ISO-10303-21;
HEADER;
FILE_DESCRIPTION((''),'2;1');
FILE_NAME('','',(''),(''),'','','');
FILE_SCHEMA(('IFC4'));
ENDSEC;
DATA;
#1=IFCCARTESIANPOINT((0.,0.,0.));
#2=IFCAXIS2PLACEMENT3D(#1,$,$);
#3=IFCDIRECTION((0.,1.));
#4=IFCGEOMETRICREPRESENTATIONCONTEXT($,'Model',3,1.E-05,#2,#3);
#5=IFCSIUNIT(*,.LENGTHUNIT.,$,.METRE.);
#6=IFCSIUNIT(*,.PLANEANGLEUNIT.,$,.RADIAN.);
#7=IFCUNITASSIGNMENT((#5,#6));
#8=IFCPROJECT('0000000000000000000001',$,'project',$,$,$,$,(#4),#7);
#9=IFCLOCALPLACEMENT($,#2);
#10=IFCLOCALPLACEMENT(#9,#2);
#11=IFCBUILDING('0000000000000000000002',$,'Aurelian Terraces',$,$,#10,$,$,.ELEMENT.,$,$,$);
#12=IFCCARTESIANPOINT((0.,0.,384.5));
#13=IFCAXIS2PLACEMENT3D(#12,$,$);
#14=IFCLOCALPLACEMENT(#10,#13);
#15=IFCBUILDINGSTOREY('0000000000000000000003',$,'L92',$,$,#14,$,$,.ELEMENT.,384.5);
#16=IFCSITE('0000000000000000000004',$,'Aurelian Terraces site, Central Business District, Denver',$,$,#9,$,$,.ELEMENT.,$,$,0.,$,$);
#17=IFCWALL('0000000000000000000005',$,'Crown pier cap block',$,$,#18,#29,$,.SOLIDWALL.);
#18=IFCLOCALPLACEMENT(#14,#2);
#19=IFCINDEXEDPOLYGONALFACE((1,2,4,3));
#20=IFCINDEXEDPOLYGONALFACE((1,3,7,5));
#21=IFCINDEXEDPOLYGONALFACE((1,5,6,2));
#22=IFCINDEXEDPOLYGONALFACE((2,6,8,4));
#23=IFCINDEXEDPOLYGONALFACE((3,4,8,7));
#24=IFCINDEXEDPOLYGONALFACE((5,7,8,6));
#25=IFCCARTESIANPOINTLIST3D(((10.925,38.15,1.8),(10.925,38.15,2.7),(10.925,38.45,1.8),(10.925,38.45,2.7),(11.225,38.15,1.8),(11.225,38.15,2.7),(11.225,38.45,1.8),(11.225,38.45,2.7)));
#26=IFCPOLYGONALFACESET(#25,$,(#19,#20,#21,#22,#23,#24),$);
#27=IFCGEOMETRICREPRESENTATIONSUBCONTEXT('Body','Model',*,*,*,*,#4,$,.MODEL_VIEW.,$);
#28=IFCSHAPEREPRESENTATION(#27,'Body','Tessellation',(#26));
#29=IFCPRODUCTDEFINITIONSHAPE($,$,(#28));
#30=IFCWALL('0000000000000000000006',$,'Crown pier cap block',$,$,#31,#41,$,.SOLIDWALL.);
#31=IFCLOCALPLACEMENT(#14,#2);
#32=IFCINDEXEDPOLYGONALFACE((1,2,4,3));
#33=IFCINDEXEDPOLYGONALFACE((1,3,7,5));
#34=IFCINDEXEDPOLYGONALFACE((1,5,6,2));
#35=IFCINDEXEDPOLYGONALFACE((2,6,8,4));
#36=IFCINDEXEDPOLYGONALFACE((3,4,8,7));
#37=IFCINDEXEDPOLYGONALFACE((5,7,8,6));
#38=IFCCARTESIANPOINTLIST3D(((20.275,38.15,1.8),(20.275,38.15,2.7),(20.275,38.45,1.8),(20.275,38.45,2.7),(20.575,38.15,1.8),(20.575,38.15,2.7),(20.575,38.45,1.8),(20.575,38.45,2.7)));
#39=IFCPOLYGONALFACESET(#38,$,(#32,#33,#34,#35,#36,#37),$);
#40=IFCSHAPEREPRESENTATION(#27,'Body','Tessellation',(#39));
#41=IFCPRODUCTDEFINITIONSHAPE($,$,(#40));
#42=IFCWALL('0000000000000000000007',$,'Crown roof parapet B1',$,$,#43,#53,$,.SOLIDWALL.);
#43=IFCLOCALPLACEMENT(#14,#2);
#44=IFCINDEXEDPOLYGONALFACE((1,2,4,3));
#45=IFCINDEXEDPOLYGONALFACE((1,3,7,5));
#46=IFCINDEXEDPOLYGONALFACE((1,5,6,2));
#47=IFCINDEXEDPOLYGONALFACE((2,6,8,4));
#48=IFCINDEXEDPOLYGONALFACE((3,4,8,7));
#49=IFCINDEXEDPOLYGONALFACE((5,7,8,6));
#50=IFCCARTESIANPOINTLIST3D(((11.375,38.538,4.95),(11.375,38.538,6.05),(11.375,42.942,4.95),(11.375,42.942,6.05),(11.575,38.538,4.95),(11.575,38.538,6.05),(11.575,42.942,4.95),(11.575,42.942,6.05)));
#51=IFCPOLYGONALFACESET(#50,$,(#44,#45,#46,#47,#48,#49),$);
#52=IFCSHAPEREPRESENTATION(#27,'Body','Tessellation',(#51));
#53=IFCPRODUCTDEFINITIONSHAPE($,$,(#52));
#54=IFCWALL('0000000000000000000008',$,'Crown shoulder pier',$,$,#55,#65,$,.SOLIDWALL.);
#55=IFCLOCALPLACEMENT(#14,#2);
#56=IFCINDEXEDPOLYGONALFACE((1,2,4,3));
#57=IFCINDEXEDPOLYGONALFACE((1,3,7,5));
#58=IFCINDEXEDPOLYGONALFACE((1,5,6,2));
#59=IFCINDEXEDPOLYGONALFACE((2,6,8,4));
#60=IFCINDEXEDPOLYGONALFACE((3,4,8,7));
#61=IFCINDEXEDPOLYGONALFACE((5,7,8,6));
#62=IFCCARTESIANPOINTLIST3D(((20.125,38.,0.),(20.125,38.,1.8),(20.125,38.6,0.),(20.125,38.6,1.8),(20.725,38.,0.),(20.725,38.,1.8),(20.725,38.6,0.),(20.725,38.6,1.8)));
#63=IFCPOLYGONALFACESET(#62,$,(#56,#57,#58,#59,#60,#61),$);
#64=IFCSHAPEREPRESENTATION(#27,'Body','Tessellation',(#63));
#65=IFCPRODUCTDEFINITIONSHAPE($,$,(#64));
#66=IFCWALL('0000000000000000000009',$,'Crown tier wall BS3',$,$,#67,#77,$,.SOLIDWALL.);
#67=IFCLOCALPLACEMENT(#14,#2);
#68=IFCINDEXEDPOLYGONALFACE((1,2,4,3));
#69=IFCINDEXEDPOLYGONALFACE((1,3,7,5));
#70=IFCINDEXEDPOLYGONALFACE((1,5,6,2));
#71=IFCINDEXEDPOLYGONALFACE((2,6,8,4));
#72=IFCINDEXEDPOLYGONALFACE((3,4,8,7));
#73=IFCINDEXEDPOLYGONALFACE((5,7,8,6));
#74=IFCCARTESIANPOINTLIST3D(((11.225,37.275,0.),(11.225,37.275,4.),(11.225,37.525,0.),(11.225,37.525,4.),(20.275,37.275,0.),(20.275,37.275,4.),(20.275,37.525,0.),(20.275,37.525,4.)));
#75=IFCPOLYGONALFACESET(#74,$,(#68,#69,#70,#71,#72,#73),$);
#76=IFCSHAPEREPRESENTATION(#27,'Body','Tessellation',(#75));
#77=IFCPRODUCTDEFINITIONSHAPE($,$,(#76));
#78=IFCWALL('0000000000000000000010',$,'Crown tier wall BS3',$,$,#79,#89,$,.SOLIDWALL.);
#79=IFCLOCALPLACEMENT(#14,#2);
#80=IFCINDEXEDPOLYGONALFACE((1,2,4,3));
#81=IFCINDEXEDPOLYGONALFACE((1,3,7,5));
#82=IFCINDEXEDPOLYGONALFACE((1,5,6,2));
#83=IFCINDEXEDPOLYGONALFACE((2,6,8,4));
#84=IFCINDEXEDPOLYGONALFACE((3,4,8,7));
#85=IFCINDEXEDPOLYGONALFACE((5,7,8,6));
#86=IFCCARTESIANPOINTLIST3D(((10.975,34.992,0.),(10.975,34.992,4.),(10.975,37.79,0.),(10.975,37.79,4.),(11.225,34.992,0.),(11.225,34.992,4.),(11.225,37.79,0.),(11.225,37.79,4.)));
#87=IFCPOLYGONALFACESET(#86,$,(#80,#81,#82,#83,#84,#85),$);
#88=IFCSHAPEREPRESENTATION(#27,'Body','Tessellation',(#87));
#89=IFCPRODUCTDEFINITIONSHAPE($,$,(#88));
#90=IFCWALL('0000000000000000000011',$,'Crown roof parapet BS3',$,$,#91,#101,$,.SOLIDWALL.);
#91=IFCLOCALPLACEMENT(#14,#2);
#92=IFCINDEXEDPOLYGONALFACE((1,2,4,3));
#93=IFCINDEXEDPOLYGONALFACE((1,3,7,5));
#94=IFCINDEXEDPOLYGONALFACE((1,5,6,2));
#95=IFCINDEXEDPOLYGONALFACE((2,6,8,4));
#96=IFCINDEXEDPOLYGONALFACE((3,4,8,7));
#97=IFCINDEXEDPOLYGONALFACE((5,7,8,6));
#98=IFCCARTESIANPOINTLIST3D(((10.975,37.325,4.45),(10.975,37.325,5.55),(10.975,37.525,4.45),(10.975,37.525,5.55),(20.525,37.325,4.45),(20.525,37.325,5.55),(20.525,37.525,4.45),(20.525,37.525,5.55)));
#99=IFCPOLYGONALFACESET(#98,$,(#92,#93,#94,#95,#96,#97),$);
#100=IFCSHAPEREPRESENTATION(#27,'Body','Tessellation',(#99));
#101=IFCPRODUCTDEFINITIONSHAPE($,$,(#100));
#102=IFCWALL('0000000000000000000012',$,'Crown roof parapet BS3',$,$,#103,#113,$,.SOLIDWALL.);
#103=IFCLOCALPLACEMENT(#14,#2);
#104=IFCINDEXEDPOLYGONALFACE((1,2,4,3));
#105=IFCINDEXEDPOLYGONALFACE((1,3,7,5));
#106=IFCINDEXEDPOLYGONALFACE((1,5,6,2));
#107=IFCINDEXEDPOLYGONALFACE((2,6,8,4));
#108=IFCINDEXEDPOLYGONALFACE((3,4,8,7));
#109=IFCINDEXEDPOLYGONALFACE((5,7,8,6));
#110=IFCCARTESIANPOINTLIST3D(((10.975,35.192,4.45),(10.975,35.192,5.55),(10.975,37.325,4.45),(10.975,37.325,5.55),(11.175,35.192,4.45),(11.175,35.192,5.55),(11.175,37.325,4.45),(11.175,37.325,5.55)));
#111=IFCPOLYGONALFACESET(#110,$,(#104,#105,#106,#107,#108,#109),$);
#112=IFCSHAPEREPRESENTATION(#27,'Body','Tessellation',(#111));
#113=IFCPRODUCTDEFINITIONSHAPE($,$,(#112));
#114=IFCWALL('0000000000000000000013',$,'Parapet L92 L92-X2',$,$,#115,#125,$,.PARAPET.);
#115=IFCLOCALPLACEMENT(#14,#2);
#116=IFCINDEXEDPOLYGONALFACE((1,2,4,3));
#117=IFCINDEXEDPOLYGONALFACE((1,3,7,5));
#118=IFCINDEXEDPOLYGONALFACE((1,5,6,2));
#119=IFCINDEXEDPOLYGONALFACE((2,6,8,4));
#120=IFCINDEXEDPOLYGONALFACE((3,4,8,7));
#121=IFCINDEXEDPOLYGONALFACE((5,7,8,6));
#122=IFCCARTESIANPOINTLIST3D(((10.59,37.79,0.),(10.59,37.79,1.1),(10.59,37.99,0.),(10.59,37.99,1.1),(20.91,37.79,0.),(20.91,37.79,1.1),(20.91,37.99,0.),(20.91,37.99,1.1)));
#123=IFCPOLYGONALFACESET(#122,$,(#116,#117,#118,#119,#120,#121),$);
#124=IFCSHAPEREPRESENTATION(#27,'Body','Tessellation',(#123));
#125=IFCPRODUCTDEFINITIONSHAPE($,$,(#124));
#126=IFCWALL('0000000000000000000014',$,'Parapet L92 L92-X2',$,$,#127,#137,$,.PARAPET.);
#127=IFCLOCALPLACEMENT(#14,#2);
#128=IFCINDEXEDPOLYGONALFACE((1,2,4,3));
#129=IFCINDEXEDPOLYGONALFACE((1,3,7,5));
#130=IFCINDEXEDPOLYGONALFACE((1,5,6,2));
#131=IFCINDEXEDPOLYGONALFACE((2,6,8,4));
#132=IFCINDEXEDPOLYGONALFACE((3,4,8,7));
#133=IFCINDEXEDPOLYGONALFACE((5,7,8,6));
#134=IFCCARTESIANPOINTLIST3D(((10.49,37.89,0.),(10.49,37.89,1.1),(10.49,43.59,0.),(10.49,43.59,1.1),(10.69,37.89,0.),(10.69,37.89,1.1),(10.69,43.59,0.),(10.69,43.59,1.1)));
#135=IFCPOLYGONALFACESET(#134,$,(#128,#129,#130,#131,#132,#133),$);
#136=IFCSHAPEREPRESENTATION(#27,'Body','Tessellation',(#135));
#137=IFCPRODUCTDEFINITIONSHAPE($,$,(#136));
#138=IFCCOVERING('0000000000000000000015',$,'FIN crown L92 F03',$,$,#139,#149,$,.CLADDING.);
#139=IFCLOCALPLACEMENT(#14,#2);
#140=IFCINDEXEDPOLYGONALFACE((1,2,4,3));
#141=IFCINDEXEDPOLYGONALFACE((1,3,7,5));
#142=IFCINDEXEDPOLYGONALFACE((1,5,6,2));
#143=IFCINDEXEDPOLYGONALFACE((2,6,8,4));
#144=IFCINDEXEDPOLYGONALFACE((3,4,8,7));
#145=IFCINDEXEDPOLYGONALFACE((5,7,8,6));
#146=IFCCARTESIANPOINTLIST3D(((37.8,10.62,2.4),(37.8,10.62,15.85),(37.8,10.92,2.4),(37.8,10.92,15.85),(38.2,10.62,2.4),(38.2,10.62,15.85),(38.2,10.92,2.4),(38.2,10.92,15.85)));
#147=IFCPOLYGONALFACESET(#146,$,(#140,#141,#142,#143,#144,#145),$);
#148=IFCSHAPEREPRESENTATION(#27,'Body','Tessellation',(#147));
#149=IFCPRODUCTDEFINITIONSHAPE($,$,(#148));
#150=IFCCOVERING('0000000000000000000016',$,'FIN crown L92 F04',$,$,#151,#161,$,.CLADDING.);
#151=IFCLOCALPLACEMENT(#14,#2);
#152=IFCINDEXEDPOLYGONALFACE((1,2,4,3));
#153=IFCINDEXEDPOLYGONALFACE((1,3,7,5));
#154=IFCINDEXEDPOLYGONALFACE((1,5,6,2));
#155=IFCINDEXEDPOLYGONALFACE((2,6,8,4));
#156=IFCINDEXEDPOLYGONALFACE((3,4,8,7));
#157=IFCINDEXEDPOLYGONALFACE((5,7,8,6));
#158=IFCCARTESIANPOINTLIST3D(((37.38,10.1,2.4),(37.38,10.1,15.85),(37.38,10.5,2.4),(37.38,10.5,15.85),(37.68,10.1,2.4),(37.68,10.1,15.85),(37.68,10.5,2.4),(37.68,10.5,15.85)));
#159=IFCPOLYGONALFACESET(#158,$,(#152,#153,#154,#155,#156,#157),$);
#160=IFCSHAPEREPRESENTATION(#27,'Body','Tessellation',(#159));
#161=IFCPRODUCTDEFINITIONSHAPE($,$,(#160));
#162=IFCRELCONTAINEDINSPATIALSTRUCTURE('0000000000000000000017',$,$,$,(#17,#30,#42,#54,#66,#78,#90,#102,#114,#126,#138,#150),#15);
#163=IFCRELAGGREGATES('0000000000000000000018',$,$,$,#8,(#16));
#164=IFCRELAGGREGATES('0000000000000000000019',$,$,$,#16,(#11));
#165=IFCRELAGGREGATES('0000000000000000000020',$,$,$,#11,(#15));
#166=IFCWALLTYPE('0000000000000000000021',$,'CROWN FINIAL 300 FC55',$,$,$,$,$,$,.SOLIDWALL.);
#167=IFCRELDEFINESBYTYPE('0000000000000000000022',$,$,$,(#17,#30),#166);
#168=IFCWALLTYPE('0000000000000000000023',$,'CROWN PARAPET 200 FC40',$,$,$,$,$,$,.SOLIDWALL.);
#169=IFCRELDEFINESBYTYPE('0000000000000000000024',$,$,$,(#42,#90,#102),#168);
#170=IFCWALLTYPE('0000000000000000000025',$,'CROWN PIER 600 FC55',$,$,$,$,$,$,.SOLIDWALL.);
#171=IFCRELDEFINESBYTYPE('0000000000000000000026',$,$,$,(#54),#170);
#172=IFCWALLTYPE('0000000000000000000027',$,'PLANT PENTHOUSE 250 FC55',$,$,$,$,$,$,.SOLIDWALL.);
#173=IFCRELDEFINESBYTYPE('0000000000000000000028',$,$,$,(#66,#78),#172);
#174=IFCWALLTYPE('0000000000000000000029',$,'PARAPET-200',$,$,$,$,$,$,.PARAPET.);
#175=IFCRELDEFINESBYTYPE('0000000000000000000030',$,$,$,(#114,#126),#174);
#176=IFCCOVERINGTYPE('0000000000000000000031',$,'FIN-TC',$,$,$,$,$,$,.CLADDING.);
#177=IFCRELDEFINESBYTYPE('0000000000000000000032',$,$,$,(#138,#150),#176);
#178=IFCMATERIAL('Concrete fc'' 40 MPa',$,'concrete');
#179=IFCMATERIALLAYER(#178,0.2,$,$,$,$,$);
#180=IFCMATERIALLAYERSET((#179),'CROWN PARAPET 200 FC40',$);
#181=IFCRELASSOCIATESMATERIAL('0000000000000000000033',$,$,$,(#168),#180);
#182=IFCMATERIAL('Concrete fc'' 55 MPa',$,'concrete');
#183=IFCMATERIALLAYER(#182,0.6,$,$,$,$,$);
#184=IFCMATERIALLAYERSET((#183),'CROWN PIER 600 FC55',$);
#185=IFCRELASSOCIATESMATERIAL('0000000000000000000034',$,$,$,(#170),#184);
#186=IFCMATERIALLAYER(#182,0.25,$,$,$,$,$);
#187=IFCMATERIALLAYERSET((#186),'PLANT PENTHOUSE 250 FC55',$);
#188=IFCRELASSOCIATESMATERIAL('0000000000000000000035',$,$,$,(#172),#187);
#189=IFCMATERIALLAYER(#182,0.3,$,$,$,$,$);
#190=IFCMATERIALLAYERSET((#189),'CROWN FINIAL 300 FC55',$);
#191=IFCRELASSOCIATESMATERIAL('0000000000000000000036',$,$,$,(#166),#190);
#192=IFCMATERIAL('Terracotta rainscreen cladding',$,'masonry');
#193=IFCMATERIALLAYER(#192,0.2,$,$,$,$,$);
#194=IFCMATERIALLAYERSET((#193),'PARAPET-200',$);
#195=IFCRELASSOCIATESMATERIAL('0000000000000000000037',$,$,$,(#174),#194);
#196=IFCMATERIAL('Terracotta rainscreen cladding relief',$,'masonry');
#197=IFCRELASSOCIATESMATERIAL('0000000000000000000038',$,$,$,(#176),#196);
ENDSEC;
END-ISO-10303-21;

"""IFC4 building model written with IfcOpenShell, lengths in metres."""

from ifc_helpers import new_model, si_unit, direction, frame, frame_2d, origin, origin_2d, place, context, subcontext, project, spatial, rectangle, extrude, source, transform, mapped, material, layer, layer_set, type_object, element, save


model = new_model("IFC4")

# Units and contexts
model_context = context("Model", 3, precision=1e-05, world=origin(), true_north=direction((0.0, 1.0)))
body_context = subcontext(model_context, "Body", "Model", "MODEL_VIEW")
ifc_project = project(units=[si_unit("LENGTHUNIT", "METRE"), si_unit("PLANEANGLEUNIT", "RADIAN")], contexts=[model_context])

# Site, building, storey
site_placement = place(None, origin())
site = spatial("IfcSite", under=ifc_project, at=site_placement, Name="Aurelian Terraces site, Central Business District, Denver", CompositionType="ELEMENT", RefElevation=0.0)
building_placement = place(site_placement, origin())
building = spatial("IfcBuilding", under=site, at=building_placement, Name="Aurelian Terraces", CompositionType="ELEMENT")
storey_placement = place(building_placement, frame((0.0, 0.0, 384.5)))
storey = spatial("IfcBuildingStorey", under=building, at=storey_placement, Name="L92", CompositionType="ELEMENT", Elevation=384.5)

# Walls
ifc_material_1 = material(Name="Concrete fc' 40 MPa", Category="concrete")
ifc_layer_1 = layer(ifc_material_1, 0.2)
ifc_layer_set_1 = layer_set([ifc_layer_1], Name="CROWN PARAPET 200 FC40")
wall_type_1 = type_object("IfcWallType", Name="CROWN PARAPET 200 FC40", PredefinedType="SOLIDWALL", material=ifc_layer_set_1)
ifc_material_2 = material(Name="Concrete fc' 55 MPa", Category="concrete")
ifc_layer_2 = layer(ifc_material_2, 0.6)
ifc_layer_set_2 = layer_set([ifc_layer_2], Name="CROWN PIER 600 FC55")
wall_type_2 = type_object("IfcWallType", Name="CROWN PIER 600 FC55", PredefinedType="SOLIDWALL", material=ifc_layer_set_2)
ifc_layer_3 = layer(ifc_material_2, 0.25)
ifc_layer_set_3 = layer_set([ifc_layer_3], Name="PLANT PENTHOUSE 250 FC55")
wall_type_3 = type_object("IfcWallType", Name="PLANT PENTHOUSE 250 FC55", PredefinedType="SOLIDWALL", material=ifc_layer_set_3)
ifc_layer_4 = layer(ifc_material_2, 0.3)
ifc_layer_set_4 = layer_set([ifc_layer_4], Name="CROWN FINIAL 300 FC55")
wall_type_4 = type_object("IfcWallType", Name="CROWN FINIAL 300 FC55", PredefinedType="SOLIDWALL", material=ifc_layer_set_4)
shared_shape_1 = source(origin(), body_context, "Body", "SweptSolid", [
    extrude(rectangle(XDim=0.3, YDim=0.3, at=origin_2d()), origin(), (0.0, 0.0, 1.0), 0.9),
])
for number, where, z_axis, x_axis, name in (
    (1, (11.075, 38.3, 1.8), (0.0, 0.0, 1.0), (1.0, 0.0, 0.0), "Crown pier cap block"),
    (2, (20.425, 38.3, 1.8), (0.0, 0.0, 1.0), (1.0, 0.0, 0.0), "Crown pier cap block"),
):
    element("IfcWall", number, at=place(storey_placement, frame(where, z_axis=z_axis, x_axis=x_axis)), inside=storey, type_object=wall_type_4, Name=name, PredefinedType="SOLIDWALL", context=body_context, shape_type="MappedRepresentation", body=[
        mapped(shared_shape_1, transform((0.0, 0.0, 0.0), scale=1.0)),
    ])
shared_shape_2 = source(origin(), body_context, "Body", "SweptSolid", [
    extrude(rectangle(XDim=4.404, YDim=0.2, at=frame_2d((2.202, 0.0))), origin(), (0.0, 0.0, 1.0), 1.1),
])
wall_1_placement = place(storey_placement, frame((11.475, 38.538, 4.95), z_axis=(0.0, 0.0, 1.0), x_axis=(0.0, 1.0, 0.0)))
element("IfcWall", 3, at=wall_1_placement, inside=storey, type_object=wall_type_1, Name="Crown roof parapet B1", PredefinedType="SOLIDWALL", context=body_context, shape_type="MappedRepresentation", body=[
    mapped(shared_shape_2, transform((0.0, 0.0, 0.0), scale=1.0)),
])
shared_shape_3 = source(origin(), body_context, "Body", "SweptSolid", [
    extrude(rectangle(XDim=0.6, YDim=0.6, at=origin_2d()), origin(), (0.0, 0.0, 1.0), 1.8),
])
wall_2_placement = place(storey_placement, frame((20.425, 38.3, 0.0), z_axis=(0.0, 0.0, 1.0), x_axis=(1.0, 0.0, 0.0)))
element("IfcWall", 4, at=wall_2_placement, inside=storey, type_object=wall_type_2, Name="Crown shoulder pier", PredefinedType="SOLIDWALL", context=body_context, shape_type="MappedRepresentation", body=[
    mapped(shared_shape_3, transform((0.0, 0.0, 0.0), scale=1.0)),
])
shared_shape_4 = source(origin(), body_context, "Body", "SweptSolid", [
    extrude(rectangle(XDim=9.05, YDim=0.25, at=frame_2d((4.525, 0.0))), origin(), (0.0, 0.0, 1.0), 4.0),
])
wall_3_placement = place(storey_placement, frame((20.275, 37.4, 0.0), z_axis=(0.0, 0.0, 1.0), x_axis=(-1.0, 0.0, 0.0)))
element("IfcWall", 5, at=wall_3_placement, inside=storey, type_object=wall_type_3, Name="Crown tier wall BS3", PredefinedType="SOLIDWALL", context=body_context, shape_type="MappedRepresentation", body=[
    mapped(shared_shape_4, transform((0.0, 0.0, 0.0), scale=1.0)),
])
shared_shape_5 = source(origin(), body_context, "Body", "SweptSolid", [
    extrude(rectangle(XDim=2.798, YDim=0.25, at=frame_2d((1.399, 0.0))), origin(), (0.0, 0.0, 1.0), 4.0),
])
wall_4_placement = place(storey_placement, frame((11.1, 37.79, 0.0), z_axis=(0.0, 0.0, 1.0), x_axis=(0.0, -1.0, 0.0)))
element("IfcWall", 6, at=wall_4_placement, inside=storey, type_object=wall_type_3, Name="Crown tier wall BS3", PredefinedType="SOLIDWALL", context=body_context, shape_type="MappedRepresentation", body=[
    mapped(shared_shape_5, transform((0.0, 0.0, 0.0), scale=1.0)),
])
shared_shape_6 = source(origin(), body_context, "Body", "SweptSolid", [
    extrude(rectangle(XDim=9.55, YDim=0.2, at=frame_2d((4.775, 0.0))), origin(), (0.0, 0.0, 1.0), 1.1),
])
wall_5_placement = place(storey_placement, frame((10.975, 37.425, 4.45), z_axis=(0.0, 0.0, 1.0), x_axis=(1.0, 0.0, 0.0)))
element("IfcWall", 7, at=wall_5_placement, inside=storey, type_object=wall_type_1, Name="Crown roof parapet BS3", PredefinedType="SOLIDWALL", context=body_context, shape_type="MappedRepresentation", body=[
    mapped(shared_shape_6, transform((0.0, 0.0, 0.0), scale=1.0)),
])
shared_shape_7 = source(origin(), body_context, "Body", "SweptSolid", [
    extrude(rectangle(XDim=2.133, YDim=0.2, at=frame_2d((1.0665, 0.0))), origin(), (0.0, 0.0, 1.0), 1.1),
])
wall_6_placement = place(storey_placement, frame((11.075, 35.192, 4.45), z_axis=(0.0, 0.0, 1.0), x_axis=(0.0, 1.0, 0.0)))
element("IfcWall", 8, at=wall_6_placement, inside=storey, type_object=wall_type_1, Name="Crown roof parapet BS3", PredefinedType="SOLIDWALL", context=body_context, shape_type="MappedRepresentation", body=[
    mapped(shared_shape_7, transform((0.0, 0.0, 0.0), scale=1.0)),
])
ifc_material_3 = material(Name="Terracotta rainscreen cladding", Category="masonry")
ifc_layer_5 = layer(ifc_material_3, 0.2)
ifc_layer_set_5 = layer_set([ifc_layer_5], Name="PARAPET-200")
wall_type_5 = type_object("IfcWallType", Name="PARAPET-200", PredefinedType="PARAPET", material=ifc_layer_set_5)
shared_shape_8 = source(origin(), body_context, "Body", "SweptSolid", [
    extrude(rectangle(XDim=10.32, YDim=0.2, at=frame_2d((5.16, 0.0))), origin(), (0.0, 0.0, 1.0), 1.1),
])
wall_7_placement = place(storey_placement, frame((20.91, 37.89, 0.0), z_axis=(0.0, 0.0, 1.0), x_axis=(-1.0, 0.0, 0.0)))
element("IfcWall", 9, at=wall_7_placement, inside=storey, type_object=wall_type_5, Name="Parapet L92 L92-X2", PredefinedType="PARAPET", context=body_context, shape_type="MappedRepresentation", body=[
    mapped(shared_shape_8, transform((0.0, 0.0, 0.0), scale=1.0)),
])
shared_shape_9 = source(origin(), body_context, "Body", "SweptSolid", [
    extrude(rectangle(XDim=5.7, YDim=0.2, at=frame_2d((2.85, 0.0))), origin(), (0.0, 0.0, 1.0), 1.1),
])
wall_8_placement = place(storey_placement, frame((10.59, 37.89, 0.0), z_axis=(0.0, 0.0, 1.0), x_axis=(0.0, 1.0, 0.0)))
element("IfcWall", 10, at=wall_8_placement, inside=storey, type_object=wall_type_5, Name="Parapet L92 L92-X2", PredefinedType="PARAPET", context=body_context, shape_type="MappedRepresentation", body=[
    mapped(shared_shape_9, transform((0.0, 0.0, 0.0), scale=1.0)),
])

# Coverings
ifc_material_4 = material(Name="Terracotta rainscreen cladding relief", Category="masonry")
covering_type = type_object("IfcCoveringType", Name="FIN-TC", PredefinedType="CLADDING", material=ifc_material_4)
shared_shape_10 = source(origin(), body_context, "Body", "SweptSolid", [
    extrude(rectangle(XDim=0.4, YDim=0.3, at=origin_2d()), origin(), (0.0, 0.0, 1.0), 13.45),
])
covering_1_placement = place(storey_placement, frame((38.0, 10.77, 2.4), z_axis=(0.0, 0.0, 1.0), x_axis=(1.0, 0.0, 0.0)))
element("IfcCovering", 11, at=covering_1_placement, inside=storey, type_object=covering_type, Name="FIN crown L92 F03", PredefinedType="CLADDING", context=body_context, shape_type="MappedRepresentation", body=[
    mapped(shared_shape_10, transform((0.0, 0.0, 0.0), scale=1.0)),
])
shared_shape_11 = source(origin(), body_context, "Body", "SweptSolid", [
    extrude(rectangle(XDim=0.3, YDim=0.4, at=origin_2d()), origin(), (0.0, 0.0, 1.0), 13.45),
])
covering_2_placement = place(storey_placement, frame((37.53, 10.3, 2.4), z_axis=(0.0, 0.0, 1.0), x_axis=(1.0, 0.0, 0.0)))
element("IfcCovering", 12, at=covering_2_placement, inside=storey, type_object=covering_type, Name="FIN crown L92 F04", PredefinedType="CLADDING", context=body_context, shape_type="MappedRepresentation", body=[
    mapped(shared_shape_11, transform((0.0, 0.0, 0.0), scale=1.0)),
])

save(model, "model.ifc")
